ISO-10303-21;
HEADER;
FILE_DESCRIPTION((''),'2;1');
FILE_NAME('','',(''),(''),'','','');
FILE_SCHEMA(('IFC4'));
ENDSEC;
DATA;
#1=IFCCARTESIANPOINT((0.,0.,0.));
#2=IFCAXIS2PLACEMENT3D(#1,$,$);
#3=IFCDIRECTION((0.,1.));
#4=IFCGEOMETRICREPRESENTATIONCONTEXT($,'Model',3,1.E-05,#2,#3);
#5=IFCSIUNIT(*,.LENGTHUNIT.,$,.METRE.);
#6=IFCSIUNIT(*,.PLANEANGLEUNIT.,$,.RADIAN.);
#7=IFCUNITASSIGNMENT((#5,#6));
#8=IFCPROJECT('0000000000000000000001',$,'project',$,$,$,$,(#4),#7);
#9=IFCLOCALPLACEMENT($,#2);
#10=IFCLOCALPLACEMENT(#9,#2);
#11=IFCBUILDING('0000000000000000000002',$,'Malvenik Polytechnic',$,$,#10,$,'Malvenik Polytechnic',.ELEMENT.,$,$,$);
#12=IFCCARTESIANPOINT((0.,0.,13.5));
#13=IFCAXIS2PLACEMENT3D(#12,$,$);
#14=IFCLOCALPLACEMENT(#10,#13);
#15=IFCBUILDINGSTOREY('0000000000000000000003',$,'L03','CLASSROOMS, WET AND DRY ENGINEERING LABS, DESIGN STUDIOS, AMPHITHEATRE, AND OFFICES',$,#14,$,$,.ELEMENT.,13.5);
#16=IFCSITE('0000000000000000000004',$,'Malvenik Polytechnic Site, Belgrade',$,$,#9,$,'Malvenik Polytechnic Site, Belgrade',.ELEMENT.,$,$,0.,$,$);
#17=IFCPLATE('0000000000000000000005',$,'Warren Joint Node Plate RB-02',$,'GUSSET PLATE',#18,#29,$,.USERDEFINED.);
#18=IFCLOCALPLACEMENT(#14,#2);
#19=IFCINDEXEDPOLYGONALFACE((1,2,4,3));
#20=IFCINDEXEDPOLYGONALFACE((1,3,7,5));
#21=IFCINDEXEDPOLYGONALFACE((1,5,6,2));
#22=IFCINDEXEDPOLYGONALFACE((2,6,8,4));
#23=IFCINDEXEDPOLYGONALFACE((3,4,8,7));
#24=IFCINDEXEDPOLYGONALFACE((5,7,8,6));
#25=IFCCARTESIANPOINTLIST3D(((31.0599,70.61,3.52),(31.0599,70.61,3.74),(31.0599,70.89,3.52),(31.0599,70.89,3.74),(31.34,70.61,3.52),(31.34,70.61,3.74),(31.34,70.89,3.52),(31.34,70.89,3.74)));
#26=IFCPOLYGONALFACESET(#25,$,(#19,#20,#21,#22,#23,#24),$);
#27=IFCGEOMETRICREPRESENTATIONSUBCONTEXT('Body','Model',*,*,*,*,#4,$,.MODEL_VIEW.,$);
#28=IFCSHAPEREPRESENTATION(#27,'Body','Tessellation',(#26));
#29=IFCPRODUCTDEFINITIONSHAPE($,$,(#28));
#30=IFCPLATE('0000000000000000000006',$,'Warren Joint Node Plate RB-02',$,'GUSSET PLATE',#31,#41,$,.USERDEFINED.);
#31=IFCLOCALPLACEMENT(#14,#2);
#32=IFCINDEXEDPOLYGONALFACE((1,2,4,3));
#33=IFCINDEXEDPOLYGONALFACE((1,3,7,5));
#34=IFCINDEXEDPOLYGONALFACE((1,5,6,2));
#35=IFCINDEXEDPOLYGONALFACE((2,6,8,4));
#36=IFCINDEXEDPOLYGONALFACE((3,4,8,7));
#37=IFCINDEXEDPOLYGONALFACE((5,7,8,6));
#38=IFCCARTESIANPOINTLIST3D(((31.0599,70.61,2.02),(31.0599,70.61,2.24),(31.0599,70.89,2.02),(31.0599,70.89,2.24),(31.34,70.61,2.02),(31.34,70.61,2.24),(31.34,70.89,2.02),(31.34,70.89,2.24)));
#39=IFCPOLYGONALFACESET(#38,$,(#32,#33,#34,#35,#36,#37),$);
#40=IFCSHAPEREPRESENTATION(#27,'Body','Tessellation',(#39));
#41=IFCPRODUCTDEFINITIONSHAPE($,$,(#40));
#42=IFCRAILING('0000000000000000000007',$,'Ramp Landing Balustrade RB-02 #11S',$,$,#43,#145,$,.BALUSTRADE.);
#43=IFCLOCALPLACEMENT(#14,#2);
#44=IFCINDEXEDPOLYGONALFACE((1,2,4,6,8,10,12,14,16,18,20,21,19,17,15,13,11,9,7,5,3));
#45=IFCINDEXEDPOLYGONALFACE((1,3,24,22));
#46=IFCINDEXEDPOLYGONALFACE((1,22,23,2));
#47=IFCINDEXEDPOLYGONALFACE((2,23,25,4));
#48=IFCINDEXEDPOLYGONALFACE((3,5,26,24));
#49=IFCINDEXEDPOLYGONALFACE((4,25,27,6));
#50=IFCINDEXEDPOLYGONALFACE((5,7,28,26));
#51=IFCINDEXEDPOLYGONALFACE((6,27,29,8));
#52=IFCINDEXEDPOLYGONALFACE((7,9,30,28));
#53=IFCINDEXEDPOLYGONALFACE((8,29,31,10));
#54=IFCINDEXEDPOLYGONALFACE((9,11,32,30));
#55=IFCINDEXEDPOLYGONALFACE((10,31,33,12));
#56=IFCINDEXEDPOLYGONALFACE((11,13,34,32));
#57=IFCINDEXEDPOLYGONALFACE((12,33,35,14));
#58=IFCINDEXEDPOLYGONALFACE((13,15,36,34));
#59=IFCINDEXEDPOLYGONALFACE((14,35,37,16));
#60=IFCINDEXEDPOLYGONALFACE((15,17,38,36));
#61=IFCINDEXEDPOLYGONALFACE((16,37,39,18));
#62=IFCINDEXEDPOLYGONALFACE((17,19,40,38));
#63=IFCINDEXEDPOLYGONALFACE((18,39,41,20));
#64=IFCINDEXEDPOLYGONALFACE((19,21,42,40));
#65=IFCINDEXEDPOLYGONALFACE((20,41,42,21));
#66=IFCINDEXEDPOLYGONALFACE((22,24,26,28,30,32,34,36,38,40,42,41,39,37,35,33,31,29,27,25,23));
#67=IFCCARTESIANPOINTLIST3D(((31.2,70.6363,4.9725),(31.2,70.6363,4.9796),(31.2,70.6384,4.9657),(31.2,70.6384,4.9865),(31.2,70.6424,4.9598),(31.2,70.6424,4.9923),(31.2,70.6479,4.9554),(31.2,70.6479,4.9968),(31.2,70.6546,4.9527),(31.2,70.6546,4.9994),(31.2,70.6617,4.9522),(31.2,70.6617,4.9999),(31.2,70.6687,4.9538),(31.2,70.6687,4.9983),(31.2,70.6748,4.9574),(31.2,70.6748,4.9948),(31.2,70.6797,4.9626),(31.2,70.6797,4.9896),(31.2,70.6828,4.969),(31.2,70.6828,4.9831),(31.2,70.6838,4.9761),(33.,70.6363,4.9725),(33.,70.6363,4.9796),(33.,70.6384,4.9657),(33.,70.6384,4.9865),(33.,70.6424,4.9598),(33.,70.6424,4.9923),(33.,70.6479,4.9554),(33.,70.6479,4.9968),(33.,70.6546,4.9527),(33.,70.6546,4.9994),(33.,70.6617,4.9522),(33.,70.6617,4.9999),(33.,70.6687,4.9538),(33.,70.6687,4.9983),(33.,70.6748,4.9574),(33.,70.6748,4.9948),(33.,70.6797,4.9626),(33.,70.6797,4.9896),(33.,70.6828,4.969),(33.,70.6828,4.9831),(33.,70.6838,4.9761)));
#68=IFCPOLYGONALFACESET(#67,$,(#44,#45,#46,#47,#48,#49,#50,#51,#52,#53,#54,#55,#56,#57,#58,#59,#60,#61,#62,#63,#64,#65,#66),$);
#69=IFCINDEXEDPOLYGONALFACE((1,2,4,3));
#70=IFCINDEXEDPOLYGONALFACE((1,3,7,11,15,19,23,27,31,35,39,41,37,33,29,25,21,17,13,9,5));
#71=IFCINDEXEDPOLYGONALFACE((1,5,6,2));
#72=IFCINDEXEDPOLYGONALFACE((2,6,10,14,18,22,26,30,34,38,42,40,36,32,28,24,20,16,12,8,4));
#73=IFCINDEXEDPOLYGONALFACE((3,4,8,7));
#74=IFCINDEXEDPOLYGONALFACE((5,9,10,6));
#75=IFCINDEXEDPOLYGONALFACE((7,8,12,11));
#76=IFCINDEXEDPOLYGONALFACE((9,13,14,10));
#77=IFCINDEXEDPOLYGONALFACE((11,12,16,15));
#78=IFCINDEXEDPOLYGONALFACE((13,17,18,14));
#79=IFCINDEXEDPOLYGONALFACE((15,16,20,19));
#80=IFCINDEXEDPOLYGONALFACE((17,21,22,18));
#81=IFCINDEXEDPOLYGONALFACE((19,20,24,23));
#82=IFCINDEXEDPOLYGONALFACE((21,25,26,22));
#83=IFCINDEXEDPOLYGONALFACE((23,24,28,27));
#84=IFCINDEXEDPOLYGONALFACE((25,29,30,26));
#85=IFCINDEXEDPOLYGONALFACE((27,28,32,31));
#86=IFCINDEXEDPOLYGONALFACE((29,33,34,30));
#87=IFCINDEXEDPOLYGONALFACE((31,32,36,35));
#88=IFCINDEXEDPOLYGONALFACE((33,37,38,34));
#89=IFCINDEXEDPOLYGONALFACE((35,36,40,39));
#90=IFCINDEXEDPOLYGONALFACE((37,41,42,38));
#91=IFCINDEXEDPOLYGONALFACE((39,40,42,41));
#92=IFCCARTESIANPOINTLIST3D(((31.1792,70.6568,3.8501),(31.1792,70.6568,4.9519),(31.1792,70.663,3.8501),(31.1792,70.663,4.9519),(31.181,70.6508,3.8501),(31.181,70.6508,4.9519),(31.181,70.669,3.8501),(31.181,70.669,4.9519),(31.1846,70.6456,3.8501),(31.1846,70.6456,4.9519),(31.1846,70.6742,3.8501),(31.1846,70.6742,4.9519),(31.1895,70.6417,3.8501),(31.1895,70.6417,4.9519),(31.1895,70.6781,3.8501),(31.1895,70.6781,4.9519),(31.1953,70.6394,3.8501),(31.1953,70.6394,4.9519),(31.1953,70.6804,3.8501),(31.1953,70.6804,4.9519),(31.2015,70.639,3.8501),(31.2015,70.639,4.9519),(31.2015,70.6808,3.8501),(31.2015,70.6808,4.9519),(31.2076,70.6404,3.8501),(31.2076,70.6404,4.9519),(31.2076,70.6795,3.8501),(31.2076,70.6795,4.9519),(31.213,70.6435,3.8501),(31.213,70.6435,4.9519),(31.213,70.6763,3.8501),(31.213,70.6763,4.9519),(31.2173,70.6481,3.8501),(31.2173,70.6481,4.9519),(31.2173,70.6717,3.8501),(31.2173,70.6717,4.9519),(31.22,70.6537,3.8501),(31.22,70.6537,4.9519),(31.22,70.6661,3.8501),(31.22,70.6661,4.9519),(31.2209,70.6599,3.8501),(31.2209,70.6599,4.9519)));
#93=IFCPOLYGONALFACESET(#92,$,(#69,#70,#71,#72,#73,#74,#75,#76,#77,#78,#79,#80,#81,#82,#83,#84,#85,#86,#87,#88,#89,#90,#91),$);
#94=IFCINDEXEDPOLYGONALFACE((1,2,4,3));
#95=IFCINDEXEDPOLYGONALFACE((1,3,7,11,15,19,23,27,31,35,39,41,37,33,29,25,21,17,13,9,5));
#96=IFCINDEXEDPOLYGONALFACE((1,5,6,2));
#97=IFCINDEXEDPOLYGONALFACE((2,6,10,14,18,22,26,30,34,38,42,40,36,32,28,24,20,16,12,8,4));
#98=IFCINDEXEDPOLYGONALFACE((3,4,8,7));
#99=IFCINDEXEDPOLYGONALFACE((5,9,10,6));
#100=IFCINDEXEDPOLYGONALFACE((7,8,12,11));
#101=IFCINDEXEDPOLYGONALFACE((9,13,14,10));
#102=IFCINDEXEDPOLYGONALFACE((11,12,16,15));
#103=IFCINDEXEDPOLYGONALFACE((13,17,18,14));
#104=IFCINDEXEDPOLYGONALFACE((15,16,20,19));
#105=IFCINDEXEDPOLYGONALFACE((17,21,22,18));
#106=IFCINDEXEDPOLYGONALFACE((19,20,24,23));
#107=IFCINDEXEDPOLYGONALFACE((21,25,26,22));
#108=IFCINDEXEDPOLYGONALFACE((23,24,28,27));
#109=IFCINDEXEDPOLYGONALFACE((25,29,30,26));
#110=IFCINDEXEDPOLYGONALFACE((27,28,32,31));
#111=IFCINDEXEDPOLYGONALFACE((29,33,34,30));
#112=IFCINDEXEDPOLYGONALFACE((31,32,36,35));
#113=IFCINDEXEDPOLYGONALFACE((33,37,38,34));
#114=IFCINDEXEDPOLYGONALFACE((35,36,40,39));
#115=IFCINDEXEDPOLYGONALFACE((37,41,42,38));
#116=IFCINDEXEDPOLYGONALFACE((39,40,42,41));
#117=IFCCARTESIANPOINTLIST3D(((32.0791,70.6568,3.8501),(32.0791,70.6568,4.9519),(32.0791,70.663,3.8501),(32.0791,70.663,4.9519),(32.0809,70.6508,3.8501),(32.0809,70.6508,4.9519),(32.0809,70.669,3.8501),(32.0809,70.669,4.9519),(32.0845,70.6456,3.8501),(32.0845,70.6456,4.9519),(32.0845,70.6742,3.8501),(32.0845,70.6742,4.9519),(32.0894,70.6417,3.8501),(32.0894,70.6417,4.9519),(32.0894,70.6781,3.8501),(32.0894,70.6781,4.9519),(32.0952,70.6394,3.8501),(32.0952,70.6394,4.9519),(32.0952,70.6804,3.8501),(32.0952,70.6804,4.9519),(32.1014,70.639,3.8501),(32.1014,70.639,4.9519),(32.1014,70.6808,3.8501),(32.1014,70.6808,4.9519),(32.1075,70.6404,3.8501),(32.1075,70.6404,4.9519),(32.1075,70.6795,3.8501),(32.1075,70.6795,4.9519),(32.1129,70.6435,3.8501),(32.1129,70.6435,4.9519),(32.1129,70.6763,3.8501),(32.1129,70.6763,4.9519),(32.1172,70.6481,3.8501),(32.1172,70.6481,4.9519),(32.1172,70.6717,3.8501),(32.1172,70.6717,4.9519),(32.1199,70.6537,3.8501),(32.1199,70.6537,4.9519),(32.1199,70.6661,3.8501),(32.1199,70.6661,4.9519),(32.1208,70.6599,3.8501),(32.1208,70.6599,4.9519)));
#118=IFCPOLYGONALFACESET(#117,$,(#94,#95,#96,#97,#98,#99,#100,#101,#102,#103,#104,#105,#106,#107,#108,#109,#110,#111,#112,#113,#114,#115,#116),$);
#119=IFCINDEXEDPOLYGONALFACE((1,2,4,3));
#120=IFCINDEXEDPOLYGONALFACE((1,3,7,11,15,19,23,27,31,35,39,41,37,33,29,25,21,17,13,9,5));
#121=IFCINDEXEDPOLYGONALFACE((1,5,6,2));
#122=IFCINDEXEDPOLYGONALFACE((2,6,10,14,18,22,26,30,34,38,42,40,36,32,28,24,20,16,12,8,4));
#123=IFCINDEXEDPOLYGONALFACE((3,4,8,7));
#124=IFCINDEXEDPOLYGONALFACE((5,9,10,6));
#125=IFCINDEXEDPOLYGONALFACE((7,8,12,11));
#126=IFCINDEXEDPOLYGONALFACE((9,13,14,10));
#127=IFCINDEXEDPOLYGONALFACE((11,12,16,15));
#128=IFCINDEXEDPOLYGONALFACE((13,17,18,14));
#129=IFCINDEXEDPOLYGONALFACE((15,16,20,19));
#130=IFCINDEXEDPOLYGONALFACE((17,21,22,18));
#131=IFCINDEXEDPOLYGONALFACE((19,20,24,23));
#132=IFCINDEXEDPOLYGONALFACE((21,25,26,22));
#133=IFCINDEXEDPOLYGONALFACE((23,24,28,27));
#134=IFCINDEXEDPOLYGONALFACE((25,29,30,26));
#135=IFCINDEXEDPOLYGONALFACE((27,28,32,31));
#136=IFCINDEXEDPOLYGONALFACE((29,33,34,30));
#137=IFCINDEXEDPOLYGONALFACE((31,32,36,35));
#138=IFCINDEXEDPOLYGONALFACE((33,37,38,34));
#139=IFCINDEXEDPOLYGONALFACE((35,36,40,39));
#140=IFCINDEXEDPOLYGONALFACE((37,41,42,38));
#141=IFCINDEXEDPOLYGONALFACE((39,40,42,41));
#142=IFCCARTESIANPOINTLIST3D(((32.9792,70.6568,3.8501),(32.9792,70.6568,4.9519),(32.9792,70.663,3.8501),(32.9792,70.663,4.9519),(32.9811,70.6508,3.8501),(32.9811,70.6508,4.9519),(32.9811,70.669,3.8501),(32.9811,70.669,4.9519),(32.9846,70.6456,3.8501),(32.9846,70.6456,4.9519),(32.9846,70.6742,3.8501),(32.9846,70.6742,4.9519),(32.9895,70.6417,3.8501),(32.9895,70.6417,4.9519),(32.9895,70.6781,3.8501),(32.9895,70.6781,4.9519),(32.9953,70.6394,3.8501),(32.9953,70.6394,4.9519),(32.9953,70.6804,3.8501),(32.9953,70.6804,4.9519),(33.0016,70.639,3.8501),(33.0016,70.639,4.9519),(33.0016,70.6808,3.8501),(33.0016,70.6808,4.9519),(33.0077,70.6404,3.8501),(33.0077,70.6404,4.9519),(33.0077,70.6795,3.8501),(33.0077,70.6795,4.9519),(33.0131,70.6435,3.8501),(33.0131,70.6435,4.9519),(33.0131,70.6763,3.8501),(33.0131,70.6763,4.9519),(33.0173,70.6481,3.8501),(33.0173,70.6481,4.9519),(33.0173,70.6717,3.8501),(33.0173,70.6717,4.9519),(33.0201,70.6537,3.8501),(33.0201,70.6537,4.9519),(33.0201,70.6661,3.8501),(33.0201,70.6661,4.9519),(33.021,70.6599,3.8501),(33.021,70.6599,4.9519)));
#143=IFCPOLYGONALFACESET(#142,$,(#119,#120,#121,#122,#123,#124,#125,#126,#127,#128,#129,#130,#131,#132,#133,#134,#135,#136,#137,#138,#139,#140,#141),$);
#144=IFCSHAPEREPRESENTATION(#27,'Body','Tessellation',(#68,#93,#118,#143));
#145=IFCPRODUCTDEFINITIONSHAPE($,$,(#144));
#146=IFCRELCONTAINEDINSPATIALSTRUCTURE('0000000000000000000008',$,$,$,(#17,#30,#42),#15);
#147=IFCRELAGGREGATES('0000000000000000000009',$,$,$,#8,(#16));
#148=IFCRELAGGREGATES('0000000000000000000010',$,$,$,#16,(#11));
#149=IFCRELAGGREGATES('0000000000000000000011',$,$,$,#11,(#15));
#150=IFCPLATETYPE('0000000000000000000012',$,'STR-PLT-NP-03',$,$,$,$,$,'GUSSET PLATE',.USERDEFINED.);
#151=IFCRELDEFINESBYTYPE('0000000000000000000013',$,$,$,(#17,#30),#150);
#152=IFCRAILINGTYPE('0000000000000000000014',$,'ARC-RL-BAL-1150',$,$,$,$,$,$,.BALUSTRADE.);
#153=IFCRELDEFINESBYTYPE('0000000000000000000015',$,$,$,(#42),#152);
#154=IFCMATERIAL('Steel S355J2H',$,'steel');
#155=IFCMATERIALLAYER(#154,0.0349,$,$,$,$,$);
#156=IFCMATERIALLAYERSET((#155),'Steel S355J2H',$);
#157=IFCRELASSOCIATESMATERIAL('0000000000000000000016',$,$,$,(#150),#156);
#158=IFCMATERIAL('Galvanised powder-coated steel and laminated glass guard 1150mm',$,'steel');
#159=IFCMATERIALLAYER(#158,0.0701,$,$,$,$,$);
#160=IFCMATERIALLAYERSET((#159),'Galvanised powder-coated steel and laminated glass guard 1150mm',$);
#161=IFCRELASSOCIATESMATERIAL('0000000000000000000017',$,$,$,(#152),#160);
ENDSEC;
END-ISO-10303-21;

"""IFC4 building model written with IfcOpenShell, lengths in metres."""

from ifc_helpers import new_model, si_unit, direction, frame, origin, origin_2d, place, context, subcontext, project, spatial, rectangle, circle, extrude, material, layer, layer_set, type_object, element, save


model = new_model("IFC4")

# Units and contexts
model_context = context("Model", 3, precision=1e-05, world=origin(), true_north=direction((0.0, 1.0)))
body_context = subcontext(model_context, "Body", "Model", "MODEL_VIEW")
ifc_project = project(units=[si_unit("LENGTHUNIT", "METRE"), si_unit("PLANEANGLEUNIT", "RADIAN")], contexts=[model_context])

# Site, building, storey
site_placement = place(None, origin())
site = spatial("IfcSite", under=ifc_project, at=site_placement, Name="Malvenik Polytechnic Site, Belgrade", LongName="Malvenik Polytechnic Site, Belgrade", CompositionType="ELEMENT", RefElevation=0.0)
building_placement = place(site_placement, origin())
building = spatial("IfcBuilding", under=site, at=building_placement, Name="Malvenik Polytechnic", LongName="Malvenik Polytechnic", CompositionType="ELEMENT")
storey_placement = place(building_placement, frame((0.0, 0.0, 13.5)))
storey = spatial("IfcBuildingStorey", under=building, at=storey_placement, Name="L03", Description="CLASSROOMS, WET AND DRY ENGINEERING LABS, DESIGN STUDIOS, AMPHITHEATRE, AND OFFICES", CompositionType="ELEMENT", Elevation=13.5)

# Shared definitions
ifc_material_1 = material(Name="Steel S355J2H", Category="steel")

# Plates
ifc_layer_1 = layer(ifc_material_1, 0.0349)
ifc_layer_set_1 = layer_set([ifc_layer_1], Name="Steel S355J2H")
plate_type_1 = type_object("IfcPlateType", Name="STR-PLT-NP-03", ElementType="GUSSET PLATE", PredefinedType="USERDEFINED", material=ifc_layer_set_1)
for number, where, z_axis, x_axis, name in (
    (1, (31.2, 70.75, 3.52), (0.0, 0.0, 1.0), (1.0, 0.0, 0.0), "Warren Joint Node Plate RB-02"),
    (2, (31.2, 70.75, 2.02), (0.0, 0.0, 1.0), (1.0, 0.0, 0.0), "Warren Joint Node Plate RB-02"),
):
    element("IfcPlate", number, at=place(storey_placement, frame(where, z_axis=z_axis, x_axis=x_axis)), inside=storey, type_object=plate_type_1, Name=name, ObjectType="GUSSET PLATE", PredefinedType="USERDEFINED", context=body_context, shape_type="SweptSolid", body=[
        extrude(rectangle(XDim=0.28, YDim=0.28, at=origin_2d()), origin(), (0.0, 0.0, 1.0), 0.22),
    ])

# Railing
ifc_material_2 = material(Name="Galvanised powder-coated steel and laminated glass guard 1150mm", Category="steel")
ifc_layer_2 = layer(ifc_material_2, 0.0701)
ifc_layer_set_2 = layer_set([ifc_layer_2], Name="Galvanised powder-coated steel and laminated glass guard 1150mm")
railing_type = type_object("IfcRailingType", Name="ARC-RL-BAL-1150", PredefinedType="BALUSTRADE", material=ifc_layer_set_2)
railing_placement = place(storey_placement, frame((31.2, 70.6599, 3.8501)))
element("IfcRailing", 3, at=railing_placement, inside=storey, type_object=railing_type, Name="Ramp Landing Balustrade RB-02 #11S", PredefinedType="BALUSTRADE", context=body_context, shape_type="SweptSolid", body=[
    extrude(circle(Radius=0.0239, at=origin_2d()), frame((0.0, 0.0, 1.126), z_axis=(1.0, 0.0, 0.0), x_axis=(0.0, 1.0, 0.0)), (0.0, 0.0, 1.0), 1.8),
    extrude(circle(Radius=0.021, at=origin_2d()), origin(), (0.0, 0.0, 1.0), 1.1018),
    extrude(circle(Radius=0.021, at=origin_2d()), frame((0.8999, 0.0, 0.0)), (0.0, 0.0, 1.0), 1.1018),
    extrude(circle(Radius=0.021, at=origin_2d()), frame((1.8, 0.0, 0.0)), (0.0, 0.0, 1.0), 1.1018),
])

save(model, "model.ifc")
